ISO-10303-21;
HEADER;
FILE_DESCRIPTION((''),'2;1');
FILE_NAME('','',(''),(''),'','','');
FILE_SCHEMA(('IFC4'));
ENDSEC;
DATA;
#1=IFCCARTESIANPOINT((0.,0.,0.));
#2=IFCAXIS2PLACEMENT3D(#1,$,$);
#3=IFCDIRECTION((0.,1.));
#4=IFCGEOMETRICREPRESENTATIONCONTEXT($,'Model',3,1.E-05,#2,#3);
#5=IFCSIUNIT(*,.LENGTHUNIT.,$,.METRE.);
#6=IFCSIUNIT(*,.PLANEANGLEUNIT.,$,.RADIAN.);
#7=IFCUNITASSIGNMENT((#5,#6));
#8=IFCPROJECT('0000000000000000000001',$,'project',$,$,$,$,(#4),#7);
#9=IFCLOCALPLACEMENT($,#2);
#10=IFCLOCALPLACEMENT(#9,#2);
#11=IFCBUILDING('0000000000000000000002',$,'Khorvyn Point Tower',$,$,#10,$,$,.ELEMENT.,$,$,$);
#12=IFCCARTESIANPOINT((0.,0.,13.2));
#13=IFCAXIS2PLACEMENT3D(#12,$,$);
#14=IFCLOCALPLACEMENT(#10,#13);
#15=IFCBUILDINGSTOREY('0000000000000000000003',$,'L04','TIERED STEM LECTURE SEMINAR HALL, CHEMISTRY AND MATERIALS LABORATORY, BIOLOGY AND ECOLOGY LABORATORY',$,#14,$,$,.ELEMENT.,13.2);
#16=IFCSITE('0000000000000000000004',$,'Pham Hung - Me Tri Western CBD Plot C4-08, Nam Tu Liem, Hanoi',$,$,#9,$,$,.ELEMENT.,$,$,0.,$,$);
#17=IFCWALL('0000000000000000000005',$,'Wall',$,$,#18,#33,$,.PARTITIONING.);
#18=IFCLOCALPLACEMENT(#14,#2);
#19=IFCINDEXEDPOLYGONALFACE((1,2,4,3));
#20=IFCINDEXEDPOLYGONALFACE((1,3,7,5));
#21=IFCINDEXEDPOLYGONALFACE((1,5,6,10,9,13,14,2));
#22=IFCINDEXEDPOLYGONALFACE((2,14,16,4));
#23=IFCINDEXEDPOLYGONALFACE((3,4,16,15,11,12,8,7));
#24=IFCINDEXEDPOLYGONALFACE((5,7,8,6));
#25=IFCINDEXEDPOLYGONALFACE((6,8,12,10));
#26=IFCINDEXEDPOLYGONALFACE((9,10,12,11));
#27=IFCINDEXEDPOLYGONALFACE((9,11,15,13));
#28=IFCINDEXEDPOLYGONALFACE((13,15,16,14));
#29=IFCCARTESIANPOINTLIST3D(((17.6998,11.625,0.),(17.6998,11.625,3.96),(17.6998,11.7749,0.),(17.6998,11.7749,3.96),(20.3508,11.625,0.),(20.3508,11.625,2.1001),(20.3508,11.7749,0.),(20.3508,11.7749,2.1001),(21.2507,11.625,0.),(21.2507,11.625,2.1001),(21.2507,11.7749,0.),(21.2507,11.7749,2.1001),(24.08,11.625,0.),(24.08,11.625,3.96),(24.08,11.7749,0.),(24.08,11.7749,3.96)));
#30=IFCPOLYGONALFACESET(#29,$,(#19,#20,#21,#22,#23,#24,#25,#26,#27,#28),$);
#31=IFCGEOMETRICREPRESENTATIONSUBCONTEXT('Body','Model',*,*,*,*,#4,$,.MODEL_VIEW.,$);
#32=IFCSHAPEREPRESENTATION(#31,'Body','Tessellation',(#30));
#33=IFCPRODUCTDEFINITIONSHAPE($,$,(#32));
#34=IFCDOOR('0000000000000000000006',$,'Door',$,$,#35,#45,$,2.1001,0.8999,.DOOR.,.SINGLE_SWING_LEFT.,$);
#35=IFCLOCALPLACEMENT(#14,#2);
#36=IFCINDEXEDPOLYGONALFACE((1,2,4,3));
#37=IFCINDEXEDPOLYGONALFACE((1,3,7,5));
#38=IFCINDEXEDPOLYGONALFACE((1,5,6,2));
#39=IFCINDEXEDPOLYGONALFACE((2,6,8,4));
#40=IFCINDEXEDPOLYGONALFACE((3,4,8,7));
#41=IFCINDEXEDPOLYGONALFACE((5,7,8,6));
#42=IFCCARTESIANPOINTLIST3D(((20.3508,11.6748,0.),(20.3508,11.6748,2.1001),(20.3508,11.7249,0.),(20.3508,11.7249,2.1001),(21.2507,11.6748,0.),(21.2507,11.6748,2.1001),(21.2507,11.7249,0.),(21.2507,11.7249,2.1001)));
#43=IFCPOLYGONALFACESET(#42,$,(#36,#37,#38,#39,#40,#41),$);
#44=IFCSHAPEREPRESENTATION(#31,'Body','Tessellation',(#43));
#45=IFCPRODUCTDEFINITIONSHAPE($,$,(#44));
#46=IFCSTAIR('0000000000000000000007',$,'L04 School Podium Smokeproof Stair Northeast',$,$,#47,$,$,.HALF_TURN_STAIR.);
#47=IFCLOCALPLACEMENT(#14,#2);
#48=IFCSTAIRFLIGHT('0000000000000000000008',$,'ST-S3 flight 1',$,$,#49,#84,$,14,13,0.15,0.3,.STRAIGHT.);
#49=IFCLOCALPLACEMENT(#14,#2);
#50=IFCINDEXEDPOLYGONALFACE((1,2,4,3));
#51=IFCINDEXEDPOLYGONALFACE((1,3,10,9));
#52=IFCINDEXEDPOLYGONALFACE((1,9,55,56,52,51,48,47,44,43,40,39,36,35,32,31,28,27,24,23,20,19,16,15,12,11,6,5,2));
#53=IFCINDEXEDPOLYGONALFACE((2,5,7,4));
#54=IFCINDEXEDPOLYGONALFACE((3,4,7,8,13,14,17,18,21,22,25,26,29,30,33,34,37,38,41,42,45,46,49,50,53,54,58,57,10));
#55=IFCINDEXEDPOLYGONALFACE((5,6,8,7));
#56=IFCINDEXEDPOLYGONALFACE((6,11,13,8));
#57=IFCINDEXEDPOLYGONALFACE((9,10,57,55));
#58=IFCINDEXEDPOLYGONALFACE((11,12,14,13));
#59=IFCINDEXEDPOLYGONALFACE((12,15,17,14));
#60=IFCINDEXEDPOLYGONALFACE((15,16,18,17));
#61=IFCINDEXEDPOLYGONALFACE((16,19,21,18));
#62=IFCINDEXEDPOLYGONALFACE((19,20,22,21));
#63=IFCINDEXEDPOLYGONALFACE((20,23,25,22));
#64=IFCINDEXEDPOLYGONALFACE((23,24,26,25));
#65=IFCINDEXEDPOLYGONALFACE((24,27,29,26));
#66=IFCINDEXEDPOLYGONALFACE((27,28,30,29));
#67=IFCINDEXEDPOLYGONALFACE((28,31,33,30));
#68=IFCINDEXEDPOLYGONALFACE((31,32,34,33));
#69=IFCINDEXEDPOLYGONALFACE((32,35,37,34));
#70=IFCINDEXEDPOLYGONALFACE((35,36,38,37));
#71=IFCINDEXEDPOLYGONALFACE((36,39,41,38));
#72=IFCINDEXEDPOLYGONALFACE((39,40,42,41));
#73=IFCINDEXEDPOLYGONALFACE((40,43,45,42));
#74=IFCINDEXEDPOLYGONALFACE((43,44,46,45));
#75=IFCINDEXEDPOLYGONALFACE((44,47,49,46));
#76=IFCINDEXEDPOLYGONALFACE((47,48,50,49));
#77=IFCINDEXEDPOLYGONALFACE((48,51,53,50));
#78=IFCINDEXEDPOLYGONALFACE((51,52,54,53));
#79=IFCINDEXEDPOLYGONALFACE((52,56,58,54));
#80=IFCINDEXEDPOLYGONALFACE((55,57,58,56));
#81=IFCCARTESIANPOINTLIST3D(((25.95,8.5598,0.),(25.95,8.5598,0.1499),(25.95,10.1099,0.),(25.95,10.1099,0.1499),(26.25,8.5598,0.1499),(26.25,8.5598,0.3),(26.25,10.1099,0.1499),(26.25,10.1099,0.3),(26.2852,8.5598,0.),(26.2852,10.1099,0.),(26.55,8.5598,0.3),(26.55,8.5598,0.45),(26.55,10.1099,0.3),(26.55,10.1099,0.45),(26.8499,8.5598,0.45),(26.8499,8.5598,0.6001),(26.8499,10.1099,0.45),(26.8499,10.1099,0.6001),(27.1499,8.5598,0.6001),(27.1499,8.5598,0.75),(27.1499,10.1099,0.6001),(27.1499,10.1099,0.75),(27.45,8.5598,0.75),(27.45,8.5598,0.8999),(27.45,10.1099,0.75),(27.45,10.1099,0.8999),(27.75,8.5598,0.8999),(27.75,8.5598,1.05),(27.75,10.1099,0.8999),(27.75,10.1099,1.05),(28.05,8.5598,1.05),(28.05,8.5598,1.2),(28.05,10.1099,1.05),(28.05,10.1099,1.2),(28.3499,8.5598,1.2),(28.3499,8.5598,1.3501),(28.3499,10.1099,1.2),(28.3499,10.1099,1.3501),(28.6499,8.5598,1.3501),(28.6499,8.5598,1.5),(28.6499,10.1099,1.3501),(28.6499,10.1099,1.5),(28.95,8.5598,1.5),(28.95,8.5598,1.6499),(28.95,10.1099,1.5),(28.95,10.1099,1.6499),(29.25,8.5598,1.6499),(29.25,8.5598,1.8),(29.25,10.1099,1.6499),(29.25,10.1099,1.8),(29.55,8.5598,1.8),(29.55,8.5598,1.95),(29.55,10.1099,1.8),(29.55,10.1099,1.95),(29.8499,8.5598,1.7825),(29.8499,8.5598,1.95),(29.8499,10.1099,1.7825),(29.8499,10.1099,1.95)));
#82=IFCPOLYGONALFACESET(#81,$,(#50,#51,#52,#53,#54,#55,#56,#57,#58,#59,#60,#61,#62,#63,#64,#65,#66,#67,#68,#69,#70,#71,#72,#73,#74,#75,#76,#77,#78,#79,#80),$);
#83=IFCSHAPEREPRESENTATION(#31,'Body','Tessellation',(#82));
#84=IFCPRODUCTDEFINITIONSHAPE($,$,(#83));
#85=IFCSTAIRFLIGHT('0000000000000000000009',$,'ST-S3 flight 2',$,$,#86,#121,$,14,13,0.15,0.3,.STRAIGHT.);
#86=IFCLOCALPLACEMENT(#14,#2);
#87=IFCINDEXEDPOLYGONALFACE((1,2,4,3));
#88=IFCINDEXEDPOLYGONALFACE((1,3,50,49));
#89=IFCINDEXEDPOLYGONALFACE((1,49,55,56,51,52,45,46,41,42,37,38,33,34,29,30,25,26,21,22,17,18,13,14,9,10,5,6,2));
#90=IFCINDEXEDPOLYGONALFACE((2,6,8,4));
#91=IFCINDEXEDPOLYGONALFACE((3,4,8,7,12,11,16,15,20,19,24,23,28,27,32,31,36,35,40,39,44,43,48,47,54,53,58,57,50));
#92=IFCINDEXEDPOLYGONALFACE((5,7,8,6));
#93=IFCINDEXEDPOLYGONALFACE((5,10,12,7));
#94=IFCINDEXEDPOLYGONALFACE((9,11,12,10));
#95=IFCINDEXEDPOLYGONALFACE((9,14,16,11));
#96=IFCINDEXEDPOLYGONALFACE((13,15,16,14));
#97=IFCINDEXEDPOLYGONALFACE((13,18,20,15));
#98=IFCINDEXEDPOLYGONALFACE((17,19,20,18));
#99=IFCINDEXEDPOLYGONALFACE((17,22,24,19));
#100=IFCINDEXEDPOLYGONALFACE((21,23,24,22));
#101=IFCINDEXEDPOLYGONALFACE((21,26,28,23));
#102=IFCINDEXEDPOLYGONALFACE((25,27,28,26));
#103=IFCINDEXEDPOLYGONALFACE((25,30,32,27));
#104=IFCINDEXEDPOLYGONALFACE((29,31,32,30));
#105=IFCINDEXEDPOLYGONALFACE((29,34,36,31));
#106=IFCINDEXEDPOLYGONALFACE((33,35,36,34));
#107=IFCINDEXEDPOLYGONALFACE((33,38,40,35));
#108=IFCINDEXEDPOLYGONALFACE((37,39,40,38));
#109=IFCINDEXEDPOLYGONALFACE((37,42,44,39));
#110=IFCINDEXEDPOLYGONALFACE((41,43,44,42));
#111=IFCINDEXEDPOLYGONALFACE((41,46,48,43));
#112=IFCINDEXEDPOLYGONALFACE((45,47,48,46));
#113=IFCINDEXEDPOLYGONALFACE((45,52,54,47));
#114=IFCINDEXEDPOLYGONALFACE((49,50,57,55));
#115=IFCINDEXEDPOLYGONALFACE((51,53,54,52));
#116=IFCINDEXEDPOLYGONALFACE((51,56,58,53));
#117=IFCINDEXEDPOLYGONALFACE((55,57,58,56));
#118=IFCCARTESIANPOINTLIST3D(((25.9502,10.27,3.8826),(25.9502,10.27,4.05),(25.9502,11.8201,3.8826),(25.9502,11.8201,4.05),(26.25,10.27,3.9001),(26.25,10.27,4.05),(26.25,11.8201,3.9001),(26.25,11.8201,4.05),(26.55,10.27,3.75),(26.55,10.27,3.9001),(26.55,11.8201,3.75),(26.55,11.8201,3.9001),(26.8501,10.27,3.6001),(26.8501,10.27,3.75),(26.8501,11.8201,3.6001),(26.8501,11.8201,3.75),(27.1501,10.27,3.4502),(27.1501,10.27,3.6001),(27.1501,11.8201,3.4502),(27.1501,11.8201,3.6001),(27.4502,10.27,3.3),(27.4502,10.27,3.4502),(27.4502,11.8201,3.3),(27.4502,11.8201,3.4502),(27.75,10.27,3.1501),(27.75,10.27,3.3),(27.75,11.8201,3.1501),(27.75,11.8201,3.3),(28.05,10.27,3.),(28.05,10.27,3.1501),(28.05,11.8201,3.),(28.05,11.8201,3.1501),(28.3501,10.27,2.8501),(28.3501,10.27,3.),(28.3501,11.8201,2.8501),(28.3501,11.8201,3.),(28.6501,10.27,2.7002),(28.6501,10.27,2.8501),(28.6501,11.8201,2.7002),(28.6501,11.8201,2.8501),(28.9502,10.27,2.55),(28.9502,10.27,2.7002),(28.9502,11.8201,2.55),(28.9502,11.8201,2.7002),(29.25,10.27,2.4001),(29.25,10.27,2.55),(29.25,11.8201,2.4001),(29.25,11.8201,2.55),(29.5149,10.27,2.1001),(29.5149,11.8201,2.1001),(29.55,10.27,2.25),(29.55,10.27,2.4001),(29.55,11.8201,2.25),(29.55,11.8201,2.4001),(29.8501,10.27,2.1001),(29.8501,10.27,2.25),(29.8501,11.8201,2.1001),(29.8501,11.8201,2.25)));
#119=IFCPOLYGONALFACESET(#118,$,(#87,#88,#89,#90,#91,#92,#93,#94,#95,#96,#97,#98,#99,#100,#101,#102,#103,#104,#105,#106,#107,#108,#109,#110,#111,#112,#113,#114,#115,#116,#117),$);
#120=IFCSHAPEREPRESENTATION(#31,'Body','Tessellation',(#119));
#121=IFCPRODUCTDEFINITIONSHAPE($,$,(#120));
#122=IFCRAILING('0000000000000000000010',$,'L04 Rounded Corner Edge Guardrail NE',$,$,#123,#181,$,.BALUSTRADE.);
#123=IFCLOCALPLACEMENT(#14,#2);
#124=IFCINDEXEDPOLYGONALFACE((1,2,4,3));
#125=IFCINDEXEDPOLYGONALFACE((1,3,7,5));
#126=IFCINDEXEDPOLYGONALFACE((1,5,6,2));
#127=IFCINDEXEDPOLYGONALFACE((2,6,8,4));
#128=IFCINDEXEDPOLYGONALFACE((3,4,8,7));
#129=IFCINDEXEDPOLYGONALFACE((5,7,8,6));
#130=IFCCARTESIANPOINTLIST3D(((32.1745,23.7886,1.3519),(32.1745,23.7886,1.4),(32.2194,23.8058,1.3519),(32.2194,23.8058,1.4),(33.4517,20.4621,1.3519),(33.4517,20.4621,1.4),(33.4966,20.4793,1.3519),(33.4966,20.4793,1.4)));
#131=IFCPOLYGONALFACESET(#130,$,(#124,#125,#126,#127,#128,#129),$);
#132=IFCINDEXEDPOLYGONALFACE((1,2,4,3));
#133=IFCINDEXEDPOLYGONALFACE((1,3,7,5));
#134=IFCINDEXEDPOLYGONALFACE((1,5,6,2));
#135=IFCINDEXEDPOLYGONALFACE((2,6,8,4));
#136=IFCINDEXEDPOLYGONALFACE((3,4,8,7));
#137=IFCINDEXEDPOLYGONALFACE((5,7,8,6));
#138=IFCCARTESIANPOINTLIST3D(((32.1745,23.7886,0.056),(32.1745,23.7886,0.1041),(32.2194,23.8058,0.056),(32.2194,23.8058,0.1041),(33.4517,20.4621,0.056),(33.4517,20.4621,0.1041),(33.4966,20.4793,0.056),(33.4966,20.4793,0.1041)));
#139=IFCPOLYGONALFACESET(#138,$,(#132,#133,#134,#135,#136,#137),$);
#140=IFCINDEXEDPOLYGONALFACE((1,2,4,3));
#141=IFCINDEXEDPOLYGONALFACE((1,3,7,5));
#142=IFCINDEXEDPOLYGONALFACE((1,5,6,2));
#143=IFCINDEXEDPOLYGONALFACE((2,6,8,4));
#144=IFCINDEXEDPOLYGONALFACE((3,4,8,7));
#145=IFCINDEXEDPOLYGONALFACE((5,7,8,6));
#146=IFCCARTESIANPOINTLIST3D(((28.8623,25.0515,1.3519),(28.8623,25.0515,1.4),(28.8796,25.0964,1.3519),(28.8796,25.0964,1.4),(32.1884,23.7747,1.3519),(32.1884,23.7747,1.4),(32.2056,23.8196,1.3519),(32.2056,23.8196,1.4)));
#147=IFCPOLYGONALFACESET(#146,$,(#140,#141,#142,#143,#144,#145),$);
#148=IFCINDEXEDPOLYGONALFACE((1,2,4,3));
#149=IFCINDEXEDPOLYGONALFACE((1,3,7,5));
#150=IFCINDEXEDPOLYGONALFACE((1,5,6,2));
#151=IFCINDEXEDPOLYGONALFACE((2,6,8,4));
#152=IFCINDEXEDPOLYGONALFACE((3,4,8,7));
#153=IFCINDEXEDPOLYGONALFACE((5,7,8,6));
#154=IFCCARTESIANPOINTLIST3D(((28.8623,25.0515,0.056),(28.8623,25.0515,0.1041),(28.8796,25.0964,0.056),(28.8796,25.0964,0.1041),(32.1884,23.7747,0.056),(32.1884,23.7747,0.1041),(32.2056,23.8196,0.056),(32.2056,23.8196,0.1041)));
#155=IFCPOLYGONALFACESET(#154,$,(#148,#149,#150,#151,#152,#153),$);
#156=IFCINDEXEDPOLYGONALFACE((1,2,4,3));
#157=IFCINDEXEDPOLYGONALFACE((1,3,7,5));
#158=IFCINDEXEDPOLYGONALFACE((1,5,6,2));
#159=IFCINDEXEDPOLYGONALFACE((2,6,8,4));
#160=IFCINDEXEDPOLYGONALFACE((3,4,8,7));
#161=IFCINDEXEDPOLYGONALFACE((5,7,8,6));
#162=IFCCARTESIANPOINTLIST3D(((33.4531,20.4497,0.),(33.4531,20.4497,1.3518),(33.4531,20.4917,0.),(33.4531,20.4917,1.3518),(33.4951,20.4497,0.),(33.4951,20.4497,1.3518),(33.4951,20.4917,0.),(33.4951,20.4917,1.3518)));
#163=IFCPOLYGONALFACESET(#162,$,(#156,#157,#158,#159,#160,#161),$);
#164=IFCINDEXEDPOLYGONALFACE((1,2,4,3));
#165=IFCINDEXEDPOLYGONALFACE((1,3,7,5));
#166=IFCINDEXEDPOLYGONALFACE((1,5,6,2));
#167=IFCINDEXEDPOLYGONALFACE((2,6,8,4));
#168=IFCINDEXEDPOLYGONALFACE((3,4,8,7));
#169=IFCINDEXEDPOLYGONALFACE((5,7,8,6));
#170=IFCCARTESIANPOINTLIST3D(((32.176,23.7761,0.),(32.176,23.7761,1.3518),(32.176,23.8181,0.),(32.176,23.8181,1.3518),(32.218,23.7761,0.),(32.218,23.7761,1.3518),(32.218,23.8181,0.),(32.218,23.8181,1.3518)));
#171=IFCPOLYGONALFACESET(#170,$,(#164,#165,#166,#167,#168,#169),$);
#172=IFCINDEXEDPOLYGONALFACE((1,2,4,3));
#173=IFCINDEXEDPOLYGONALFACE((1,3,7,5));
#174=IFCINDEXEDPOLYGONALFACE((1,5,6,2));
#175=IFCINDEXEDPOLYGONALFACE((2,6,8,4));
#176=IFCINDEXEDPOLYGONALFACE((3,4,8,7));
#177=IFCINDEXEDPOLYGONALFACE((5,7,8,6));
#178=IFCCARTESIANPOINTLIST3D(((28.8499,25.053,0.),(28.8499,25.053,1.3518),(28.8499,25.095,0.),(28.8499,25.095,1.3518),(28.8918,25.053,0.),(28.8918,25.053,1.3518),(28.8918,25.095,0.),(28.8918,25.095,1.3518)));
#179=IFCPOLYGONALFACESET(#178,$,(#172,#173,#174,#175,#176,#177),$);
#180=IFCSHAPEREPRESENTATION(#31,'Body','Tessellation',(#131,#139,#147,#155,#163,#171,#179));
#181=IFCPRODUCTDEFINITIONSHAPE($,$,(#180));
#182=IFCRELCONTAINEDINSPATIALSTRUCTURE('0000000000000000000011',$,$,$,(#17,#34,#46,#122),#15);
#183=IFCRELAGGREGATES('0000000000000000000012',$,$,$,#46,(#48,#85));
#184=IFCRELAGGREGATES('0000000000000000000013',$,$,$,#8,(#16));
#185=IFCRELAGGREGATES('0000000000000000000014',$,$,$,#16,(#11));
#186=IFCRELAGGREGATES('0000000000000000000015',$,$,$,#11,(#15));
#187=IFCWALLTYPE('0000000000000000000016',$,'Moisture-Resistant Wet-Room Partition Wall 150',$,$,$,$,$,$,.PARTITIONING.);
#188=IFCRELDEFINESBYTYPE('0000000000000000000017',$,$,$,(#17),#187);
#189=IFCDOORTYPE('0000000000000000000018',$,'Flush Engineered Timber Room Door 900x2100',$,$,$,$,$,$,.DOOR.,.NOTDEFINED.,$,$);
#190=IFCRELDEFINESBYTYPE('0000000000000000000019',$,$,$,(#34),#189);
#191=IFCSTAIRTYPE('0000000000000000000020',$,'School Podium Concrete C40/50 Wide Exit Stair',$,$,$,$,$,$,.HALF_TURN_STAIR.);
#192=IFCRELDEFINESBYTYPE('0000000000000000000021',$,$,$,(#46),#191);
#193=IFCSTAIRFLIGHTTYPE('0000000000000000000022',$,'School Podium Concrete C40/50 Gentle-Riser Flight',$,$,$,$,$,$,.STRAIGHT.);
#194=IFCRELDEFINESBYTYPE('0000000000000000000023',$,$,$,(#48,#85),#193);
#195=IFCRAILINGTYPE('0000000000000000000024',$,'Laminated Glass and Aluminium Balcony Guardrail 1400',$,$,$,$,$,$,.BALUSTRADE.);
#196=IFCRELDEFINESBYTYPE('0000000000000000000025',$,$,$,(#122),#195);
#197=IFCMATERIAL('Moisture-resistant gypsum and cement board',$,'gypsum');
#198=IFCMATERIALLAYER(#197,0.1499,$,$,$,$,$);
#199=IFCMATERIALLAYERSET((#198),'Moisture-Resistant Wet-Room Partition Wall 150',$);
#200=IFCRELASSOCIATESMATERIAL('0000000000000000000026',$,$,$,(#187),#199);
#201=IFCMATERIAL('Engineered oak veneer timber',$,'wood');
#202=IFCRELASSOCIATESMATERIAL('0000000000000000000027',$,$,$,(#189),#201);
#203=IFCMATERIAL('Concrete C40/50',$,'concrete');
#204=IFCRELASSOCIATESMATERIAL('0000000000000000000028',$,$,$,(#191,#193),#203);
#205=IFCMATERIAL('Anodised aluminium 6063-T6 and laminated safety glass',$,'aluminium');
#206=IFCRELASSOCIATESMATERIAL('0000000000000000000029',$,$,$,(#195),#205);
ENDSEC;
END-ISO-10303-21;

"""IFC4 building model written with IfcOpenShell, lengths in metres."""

from ifc_helpers import new_model, si_unit, direction, frame, frame_2d, origin, origin_2d, place, context, subcontext, project, spatial, polyline, rectangle, outline, extrude, material, layer, layer_set, type_object, element, fill, aggregate, save


model = new_model("IFC4")

# Units and contexts
model_context = context("Model", 3, precision=1e-05, world=origin(), true_north=direction((0.0, 1.0)))
body_context = subcontext(model_context, "Body", "Model", "MODEL_VIEW")
ifc_project = project(units=[si_unit("LENGTHUNIT", "METRE"), si_unit("PLANEANGLEUNIT", "RADIAN")], contexts=[model_context])

# Site, building, storey
site_placement = place(None, origin())
site = spatial("IfcSite", under=ifc_project, at=site_placement, Name="Pham Hung - Me Tri Western CBD Plot C4-08, Nam Tu Liem, Hanoi", CompositionType="ELEMENT", RefElevation=0.0)
building_placement = place(site_placement, origin())
building = spatial("IfcBuilding", under=site, at=building_placement, Name="Khorvyn Point Tower", CompositionType="ELEMENT")
storey_placement = place(building_placement, frame((0.0, 0.0, 13.2)))
storey = spatial("IfcBuildingStorey", under=building, at=storey_placement, Name="L04", Description="TIERED STEM LECTURE SEMINAR HALL, CHEMISTRY AND MATERIALS LABORATORY, BIOLOGY AND ECOLOGY LABORATORY", CompositionType="ELEMENT", Elevation=13.2)

# Shared definitions
ifc_material_1 = material(Name="Concrete C40/50", Category="concrete")

# Wall, opening, door
ifc_material_2 = material(Name="Moisture-resistant gypsum and cement board", Category="gypsum")
ifc_layer_1 = layer(ifc_material_2, 0.1499)
ifc_layer_set_1 = layer_set([ifc_layer_1], Name="Moisture-Resistant Wet-Room Partition Wall 150")
wall_type_1 = type_object("IfcWallType", Name="Moisture-Resistant Wet-Room Partition Wall 150", PredefinedType="PARTITIONING", material=ifc_layer_set_1)
wall_1_placement = place(storey_placement, frame((17.7, 11.7, 0.0), z_axis=(0.0, 0.0, 1.0), x_axis=(1.0, 0.0, 0.0)))
wall_1 = element("IfcWall", 1, at=wall_1_placement, inside=storey, type_object=wall_type_1, Name="Wall", PredefinedType="PARTITIONING", context=body_context, shape_type="SweptSolid", body=[
    extrude(rectangle(XDim=6.3801, YDim=0.1499, at=frame_2d((3.1899, 0.0))), origin(), (0.0, 0.0, 1.0), 3.96),
])
opening_1_placement = place(wall_1_placement, frame((2.6509, 0.0, 0.0)))
opening_1 = element("IfcOpeningElement", 2, at=opening_1_placement, cuts=wall_1, PredefinedType="OPENING", context=body_context, shape_type="SweptSolid", body=[
    extrude(rectangle(XDim=0.8999, YDim=2.1001, at=frame_2d((0.45, 1.05))), frame((0.0, 0.085, 0.0), z_axis=(0.0, -1.0, 0.0), x_axis=(1.0, 0.0, 0.0)), (0.0, 0.0, 1.0), 0.1699),
])
ifc_material_3 = material(Name="Engineered oak veneer timber", Category="wood")
door_type_1 = type_object("IfcDoorType", Name="Flush Engineered Timber Room Door 900x2100", OperationType="NOTDEFINED", PredefinedType="DOOR", material=ifc_material_3)
door_1_placement = place(opening_1_placement, origin())
door_1 = element("IfcDoor", 3, at=door_1_placement, inside=storey, type_object=door_type_1, Name="Door", OperationType="SINGLE_SWING_LEFT", OverallHeight=2.1001, OverallWidth=0.8999, PredefinedType="DOOR", context=body_context, shape_type="SweptSolid", body=[
    extrude(rectangle(XDim=0.8999, YDim=2.1001, at=frame_2d((0.45, 1.05))), frame((0.0, 0.0249, 0.0), z_axis=(0.0, -1.0, 0.0), x_axis=(1.0, 0.0, 0.0)), (0.0, 0.0, 1.0), 0.05),
])
fill(opening_1, door_1)

# Stair, stair flights
stair_type = type_object("IfcStairType", Name="School Podium Concrete C40/50 Wide Exit Stair", PredefinedType="HALF_TURN_STAIR", material=ifc_material_1)
stair_placement = place(storey_placement, origin())
stair = element("IfcStair", 4, at=stair_placement, inside=storey, type_object=stair_type, Name="L04 School Podium Smokeproof Stair Northeast", PredefinedType="HALF_TURN_STAIR")
stair_flight_type = type_object("IfcStairFlightType", Name="School Podium Concrete C40/50 Gentle-Riser Flight", PredefinedType="STRAIGHT", material=ifc_material_1)
stair_flight_1_placement = place(storey_placement, frame((25.95, 9.335, 0.0), z_axis=(0.0, 0.0, 1.0), x_axis=(1.0, 0.0, 0.0)))
stair_flight_1 = element("IfcStairFlight", 5, at=stair_flight_1_placement, type_object=stair_flight_type, Name="ST-S3 flight 1", NumberOfRisers=14, NumberOfTreads=13, PredefinedType="STRAIGHT", RiserHeight=0.15, TreadLength=0.3, context=body_context, shape_type="SweptSolid", body=[
    extrude(outline(polyline([(0.0, 0.0), (0.0, 0.1499), (0.3, 0.1499), (0.3, 0.3), (0.6001, 0.3), (0.6001, 0.45), (0.8999, 0.45), (0.8999, 0.6001), (1.2, 0.6001), (1.2, 0.75), (1.5, 0.75), (1.5, 0.8999), (1.8, 0.8999), (1.8, 1.05), (2.1001, 1.05), (2.1001, 1.2), (2.3999, 1.2), (2.3999, 1.3501), (2.7, 1.3501), (2.7, 1.5), (3.0, 1.5), (3.0, 1.6499), (3.3, 1.6499), (3.3, 1.8), (3.6001, 1.8), (3.6001, 1.95), (3.8999, 1.95), (3.8999, 2.1001), (3.8999, 1.7825), (0.3352, 0.0), (0.0, 0.0)])), frame((0.0, 0.7749, 0.0), z_axis=(0.0, -1.0, 0.0), x_axis=(1.0, 0.0, 0.0)), (0.0, 0.0, 1.0), 1.55),
])
stair_flight_2_placement = place(storey_placement, frame((29.8501, 11.0449, 2.1001), z_axis=(0.0, 0.0, 1.0), x_axis=(-1.0, 0.0, 0.0)))
stair_flight_2 = element("IfcStairFlight", 6, at=stair_flight_2_placement, type_object=stair_flight_type, Name="ST-S3 flight 2", NumberOfRisers=14, NumberOfTreads=13, PredefinedType="STRAIGHT", RiserHeight=0.15, TreadLength=0.3, context=body_context, shape_type="SweptSolid", body=[
    extrude(outline(polyline([(0.0, 0.0), (0.0, 0.1499), (0.3, 0.1499), (0.3, 0.3), (0.6001, 0.3), (0.6001, 0.45), (0.8999, 0.45), (0.8999, 0.6001), (1.2, 0.6001), (1.2, 0.75), (1.5, 0.75), (1.5, 0.8999), (1.8, 0.8999), (1.8, 1.05), (2.1001, 1.05), (2.1001, 1.2), (2.3999, 1.2), (2.3999, 1.3501), (2.7, 1.3501), (2.7, 1.5), (3.0, 1.5), (3.0, 1.6499), (3.3, 1.6499), (3.3, 1.8), (3.6001, 1.8), (3.6001, 1.95), (3.8999, 1.95), (3.8999, 2.1001), (3.8999, 1.7825), (0.3352, 0.0), (0.0, 0.0)])), frame((0.0, 0.7749, 0.0), z_axis=(0.0, -1.0, 0.0), x_axis=(1.0, 0.0, 0.0)), (0.0, 0.0, 1.0), 1.55),
])
aggregate(stair, [stair_flight_1, stair_flight_2])

# Railing
ifc_material_4 = material(Name="Anodised aluminium 6063-T6 and laminated safety glass", Category="aluminium")
railing_type_1 = type_object("IfcRailingType", Name="Laminated Glass and Aluminium Balcony Guardrail 1400", PredefinedType="BALUSTRADE", material=ifc_material_4)
railing_1_placement = place(storey_placement, frame((33.4741, 20.4707, 0.0)))
element("IfcRailing", 7, at=railing_1_placement, inside=storey, type_object=railing_type_1, Name="L04 Rounded Corner Edge Guardrail NE", PredefinedType="BALUSTRADE", context=body_context, shape_type="SweptSolid", body=[
    extrude(rectangle(XDim=0.0481, YDim=0.0481, at=origin_2d()), frame((0.0, 0.0, 1.376), z_axis=(-0.358419, 0.933561, 0.0), x_axis=(-0.933561, -0.358419, 0.0)), (0.0, 0.0, 1.0), 3.5632),
    extrude(rectangle(XDim=0.0481, YDim=0.0481, at=origin_2d()), frame((0.0, 0.0, 0.0801), z_axis=(-0.358419, 0.933561, 0.0), x_axis=(-0.933561, -0.358419, 0.0)), (0.0, 0.0, 1.0), 3.5632),
    extrude(rectangle(XDim=0.0481, YDim=0.0481, at=origin_2d()), frame((-1.2771, 3.3264, 1.376), z_axis=(-0.933575, 0.358382, 0.0), x_axis=(-0.358382, -0.933575, 0.0)), (0.0, 0.0, 1.0), 3.5627),
    extrude(rectangle(XDim=0.0481, YDim=0.0481, at=origin_2d()), frame((-1.2771, 3.3264, 0.0801), z_axis=(-0.933575, 0.358382, 0.0), x_axis=(-0.358382, -0.933575, 0.0)), (0.0, 0.0, 1.0), 3.5627),
    extrude(rectangle(XDim=0.042, YDim=0.042, at=origin_2d()), origin(), (0.0, 0.0, 1.0), 1.3518),
    extrude(rectangle(XDim=0.042, YDim=0.042, at=origin_2d()), frame((-1.2771, 3.3264, 0.0)), (0.0, 0.0, 1.0), 1.3518),
    extrude(rectangle(XDim=0.042, YDim=0.042, at=origin_2d()), frame((-4.6033, 4.6033, 0.0)), (0.0, 0.0, 1.0), 1.3518),
])

save(model, "model.ifc")
